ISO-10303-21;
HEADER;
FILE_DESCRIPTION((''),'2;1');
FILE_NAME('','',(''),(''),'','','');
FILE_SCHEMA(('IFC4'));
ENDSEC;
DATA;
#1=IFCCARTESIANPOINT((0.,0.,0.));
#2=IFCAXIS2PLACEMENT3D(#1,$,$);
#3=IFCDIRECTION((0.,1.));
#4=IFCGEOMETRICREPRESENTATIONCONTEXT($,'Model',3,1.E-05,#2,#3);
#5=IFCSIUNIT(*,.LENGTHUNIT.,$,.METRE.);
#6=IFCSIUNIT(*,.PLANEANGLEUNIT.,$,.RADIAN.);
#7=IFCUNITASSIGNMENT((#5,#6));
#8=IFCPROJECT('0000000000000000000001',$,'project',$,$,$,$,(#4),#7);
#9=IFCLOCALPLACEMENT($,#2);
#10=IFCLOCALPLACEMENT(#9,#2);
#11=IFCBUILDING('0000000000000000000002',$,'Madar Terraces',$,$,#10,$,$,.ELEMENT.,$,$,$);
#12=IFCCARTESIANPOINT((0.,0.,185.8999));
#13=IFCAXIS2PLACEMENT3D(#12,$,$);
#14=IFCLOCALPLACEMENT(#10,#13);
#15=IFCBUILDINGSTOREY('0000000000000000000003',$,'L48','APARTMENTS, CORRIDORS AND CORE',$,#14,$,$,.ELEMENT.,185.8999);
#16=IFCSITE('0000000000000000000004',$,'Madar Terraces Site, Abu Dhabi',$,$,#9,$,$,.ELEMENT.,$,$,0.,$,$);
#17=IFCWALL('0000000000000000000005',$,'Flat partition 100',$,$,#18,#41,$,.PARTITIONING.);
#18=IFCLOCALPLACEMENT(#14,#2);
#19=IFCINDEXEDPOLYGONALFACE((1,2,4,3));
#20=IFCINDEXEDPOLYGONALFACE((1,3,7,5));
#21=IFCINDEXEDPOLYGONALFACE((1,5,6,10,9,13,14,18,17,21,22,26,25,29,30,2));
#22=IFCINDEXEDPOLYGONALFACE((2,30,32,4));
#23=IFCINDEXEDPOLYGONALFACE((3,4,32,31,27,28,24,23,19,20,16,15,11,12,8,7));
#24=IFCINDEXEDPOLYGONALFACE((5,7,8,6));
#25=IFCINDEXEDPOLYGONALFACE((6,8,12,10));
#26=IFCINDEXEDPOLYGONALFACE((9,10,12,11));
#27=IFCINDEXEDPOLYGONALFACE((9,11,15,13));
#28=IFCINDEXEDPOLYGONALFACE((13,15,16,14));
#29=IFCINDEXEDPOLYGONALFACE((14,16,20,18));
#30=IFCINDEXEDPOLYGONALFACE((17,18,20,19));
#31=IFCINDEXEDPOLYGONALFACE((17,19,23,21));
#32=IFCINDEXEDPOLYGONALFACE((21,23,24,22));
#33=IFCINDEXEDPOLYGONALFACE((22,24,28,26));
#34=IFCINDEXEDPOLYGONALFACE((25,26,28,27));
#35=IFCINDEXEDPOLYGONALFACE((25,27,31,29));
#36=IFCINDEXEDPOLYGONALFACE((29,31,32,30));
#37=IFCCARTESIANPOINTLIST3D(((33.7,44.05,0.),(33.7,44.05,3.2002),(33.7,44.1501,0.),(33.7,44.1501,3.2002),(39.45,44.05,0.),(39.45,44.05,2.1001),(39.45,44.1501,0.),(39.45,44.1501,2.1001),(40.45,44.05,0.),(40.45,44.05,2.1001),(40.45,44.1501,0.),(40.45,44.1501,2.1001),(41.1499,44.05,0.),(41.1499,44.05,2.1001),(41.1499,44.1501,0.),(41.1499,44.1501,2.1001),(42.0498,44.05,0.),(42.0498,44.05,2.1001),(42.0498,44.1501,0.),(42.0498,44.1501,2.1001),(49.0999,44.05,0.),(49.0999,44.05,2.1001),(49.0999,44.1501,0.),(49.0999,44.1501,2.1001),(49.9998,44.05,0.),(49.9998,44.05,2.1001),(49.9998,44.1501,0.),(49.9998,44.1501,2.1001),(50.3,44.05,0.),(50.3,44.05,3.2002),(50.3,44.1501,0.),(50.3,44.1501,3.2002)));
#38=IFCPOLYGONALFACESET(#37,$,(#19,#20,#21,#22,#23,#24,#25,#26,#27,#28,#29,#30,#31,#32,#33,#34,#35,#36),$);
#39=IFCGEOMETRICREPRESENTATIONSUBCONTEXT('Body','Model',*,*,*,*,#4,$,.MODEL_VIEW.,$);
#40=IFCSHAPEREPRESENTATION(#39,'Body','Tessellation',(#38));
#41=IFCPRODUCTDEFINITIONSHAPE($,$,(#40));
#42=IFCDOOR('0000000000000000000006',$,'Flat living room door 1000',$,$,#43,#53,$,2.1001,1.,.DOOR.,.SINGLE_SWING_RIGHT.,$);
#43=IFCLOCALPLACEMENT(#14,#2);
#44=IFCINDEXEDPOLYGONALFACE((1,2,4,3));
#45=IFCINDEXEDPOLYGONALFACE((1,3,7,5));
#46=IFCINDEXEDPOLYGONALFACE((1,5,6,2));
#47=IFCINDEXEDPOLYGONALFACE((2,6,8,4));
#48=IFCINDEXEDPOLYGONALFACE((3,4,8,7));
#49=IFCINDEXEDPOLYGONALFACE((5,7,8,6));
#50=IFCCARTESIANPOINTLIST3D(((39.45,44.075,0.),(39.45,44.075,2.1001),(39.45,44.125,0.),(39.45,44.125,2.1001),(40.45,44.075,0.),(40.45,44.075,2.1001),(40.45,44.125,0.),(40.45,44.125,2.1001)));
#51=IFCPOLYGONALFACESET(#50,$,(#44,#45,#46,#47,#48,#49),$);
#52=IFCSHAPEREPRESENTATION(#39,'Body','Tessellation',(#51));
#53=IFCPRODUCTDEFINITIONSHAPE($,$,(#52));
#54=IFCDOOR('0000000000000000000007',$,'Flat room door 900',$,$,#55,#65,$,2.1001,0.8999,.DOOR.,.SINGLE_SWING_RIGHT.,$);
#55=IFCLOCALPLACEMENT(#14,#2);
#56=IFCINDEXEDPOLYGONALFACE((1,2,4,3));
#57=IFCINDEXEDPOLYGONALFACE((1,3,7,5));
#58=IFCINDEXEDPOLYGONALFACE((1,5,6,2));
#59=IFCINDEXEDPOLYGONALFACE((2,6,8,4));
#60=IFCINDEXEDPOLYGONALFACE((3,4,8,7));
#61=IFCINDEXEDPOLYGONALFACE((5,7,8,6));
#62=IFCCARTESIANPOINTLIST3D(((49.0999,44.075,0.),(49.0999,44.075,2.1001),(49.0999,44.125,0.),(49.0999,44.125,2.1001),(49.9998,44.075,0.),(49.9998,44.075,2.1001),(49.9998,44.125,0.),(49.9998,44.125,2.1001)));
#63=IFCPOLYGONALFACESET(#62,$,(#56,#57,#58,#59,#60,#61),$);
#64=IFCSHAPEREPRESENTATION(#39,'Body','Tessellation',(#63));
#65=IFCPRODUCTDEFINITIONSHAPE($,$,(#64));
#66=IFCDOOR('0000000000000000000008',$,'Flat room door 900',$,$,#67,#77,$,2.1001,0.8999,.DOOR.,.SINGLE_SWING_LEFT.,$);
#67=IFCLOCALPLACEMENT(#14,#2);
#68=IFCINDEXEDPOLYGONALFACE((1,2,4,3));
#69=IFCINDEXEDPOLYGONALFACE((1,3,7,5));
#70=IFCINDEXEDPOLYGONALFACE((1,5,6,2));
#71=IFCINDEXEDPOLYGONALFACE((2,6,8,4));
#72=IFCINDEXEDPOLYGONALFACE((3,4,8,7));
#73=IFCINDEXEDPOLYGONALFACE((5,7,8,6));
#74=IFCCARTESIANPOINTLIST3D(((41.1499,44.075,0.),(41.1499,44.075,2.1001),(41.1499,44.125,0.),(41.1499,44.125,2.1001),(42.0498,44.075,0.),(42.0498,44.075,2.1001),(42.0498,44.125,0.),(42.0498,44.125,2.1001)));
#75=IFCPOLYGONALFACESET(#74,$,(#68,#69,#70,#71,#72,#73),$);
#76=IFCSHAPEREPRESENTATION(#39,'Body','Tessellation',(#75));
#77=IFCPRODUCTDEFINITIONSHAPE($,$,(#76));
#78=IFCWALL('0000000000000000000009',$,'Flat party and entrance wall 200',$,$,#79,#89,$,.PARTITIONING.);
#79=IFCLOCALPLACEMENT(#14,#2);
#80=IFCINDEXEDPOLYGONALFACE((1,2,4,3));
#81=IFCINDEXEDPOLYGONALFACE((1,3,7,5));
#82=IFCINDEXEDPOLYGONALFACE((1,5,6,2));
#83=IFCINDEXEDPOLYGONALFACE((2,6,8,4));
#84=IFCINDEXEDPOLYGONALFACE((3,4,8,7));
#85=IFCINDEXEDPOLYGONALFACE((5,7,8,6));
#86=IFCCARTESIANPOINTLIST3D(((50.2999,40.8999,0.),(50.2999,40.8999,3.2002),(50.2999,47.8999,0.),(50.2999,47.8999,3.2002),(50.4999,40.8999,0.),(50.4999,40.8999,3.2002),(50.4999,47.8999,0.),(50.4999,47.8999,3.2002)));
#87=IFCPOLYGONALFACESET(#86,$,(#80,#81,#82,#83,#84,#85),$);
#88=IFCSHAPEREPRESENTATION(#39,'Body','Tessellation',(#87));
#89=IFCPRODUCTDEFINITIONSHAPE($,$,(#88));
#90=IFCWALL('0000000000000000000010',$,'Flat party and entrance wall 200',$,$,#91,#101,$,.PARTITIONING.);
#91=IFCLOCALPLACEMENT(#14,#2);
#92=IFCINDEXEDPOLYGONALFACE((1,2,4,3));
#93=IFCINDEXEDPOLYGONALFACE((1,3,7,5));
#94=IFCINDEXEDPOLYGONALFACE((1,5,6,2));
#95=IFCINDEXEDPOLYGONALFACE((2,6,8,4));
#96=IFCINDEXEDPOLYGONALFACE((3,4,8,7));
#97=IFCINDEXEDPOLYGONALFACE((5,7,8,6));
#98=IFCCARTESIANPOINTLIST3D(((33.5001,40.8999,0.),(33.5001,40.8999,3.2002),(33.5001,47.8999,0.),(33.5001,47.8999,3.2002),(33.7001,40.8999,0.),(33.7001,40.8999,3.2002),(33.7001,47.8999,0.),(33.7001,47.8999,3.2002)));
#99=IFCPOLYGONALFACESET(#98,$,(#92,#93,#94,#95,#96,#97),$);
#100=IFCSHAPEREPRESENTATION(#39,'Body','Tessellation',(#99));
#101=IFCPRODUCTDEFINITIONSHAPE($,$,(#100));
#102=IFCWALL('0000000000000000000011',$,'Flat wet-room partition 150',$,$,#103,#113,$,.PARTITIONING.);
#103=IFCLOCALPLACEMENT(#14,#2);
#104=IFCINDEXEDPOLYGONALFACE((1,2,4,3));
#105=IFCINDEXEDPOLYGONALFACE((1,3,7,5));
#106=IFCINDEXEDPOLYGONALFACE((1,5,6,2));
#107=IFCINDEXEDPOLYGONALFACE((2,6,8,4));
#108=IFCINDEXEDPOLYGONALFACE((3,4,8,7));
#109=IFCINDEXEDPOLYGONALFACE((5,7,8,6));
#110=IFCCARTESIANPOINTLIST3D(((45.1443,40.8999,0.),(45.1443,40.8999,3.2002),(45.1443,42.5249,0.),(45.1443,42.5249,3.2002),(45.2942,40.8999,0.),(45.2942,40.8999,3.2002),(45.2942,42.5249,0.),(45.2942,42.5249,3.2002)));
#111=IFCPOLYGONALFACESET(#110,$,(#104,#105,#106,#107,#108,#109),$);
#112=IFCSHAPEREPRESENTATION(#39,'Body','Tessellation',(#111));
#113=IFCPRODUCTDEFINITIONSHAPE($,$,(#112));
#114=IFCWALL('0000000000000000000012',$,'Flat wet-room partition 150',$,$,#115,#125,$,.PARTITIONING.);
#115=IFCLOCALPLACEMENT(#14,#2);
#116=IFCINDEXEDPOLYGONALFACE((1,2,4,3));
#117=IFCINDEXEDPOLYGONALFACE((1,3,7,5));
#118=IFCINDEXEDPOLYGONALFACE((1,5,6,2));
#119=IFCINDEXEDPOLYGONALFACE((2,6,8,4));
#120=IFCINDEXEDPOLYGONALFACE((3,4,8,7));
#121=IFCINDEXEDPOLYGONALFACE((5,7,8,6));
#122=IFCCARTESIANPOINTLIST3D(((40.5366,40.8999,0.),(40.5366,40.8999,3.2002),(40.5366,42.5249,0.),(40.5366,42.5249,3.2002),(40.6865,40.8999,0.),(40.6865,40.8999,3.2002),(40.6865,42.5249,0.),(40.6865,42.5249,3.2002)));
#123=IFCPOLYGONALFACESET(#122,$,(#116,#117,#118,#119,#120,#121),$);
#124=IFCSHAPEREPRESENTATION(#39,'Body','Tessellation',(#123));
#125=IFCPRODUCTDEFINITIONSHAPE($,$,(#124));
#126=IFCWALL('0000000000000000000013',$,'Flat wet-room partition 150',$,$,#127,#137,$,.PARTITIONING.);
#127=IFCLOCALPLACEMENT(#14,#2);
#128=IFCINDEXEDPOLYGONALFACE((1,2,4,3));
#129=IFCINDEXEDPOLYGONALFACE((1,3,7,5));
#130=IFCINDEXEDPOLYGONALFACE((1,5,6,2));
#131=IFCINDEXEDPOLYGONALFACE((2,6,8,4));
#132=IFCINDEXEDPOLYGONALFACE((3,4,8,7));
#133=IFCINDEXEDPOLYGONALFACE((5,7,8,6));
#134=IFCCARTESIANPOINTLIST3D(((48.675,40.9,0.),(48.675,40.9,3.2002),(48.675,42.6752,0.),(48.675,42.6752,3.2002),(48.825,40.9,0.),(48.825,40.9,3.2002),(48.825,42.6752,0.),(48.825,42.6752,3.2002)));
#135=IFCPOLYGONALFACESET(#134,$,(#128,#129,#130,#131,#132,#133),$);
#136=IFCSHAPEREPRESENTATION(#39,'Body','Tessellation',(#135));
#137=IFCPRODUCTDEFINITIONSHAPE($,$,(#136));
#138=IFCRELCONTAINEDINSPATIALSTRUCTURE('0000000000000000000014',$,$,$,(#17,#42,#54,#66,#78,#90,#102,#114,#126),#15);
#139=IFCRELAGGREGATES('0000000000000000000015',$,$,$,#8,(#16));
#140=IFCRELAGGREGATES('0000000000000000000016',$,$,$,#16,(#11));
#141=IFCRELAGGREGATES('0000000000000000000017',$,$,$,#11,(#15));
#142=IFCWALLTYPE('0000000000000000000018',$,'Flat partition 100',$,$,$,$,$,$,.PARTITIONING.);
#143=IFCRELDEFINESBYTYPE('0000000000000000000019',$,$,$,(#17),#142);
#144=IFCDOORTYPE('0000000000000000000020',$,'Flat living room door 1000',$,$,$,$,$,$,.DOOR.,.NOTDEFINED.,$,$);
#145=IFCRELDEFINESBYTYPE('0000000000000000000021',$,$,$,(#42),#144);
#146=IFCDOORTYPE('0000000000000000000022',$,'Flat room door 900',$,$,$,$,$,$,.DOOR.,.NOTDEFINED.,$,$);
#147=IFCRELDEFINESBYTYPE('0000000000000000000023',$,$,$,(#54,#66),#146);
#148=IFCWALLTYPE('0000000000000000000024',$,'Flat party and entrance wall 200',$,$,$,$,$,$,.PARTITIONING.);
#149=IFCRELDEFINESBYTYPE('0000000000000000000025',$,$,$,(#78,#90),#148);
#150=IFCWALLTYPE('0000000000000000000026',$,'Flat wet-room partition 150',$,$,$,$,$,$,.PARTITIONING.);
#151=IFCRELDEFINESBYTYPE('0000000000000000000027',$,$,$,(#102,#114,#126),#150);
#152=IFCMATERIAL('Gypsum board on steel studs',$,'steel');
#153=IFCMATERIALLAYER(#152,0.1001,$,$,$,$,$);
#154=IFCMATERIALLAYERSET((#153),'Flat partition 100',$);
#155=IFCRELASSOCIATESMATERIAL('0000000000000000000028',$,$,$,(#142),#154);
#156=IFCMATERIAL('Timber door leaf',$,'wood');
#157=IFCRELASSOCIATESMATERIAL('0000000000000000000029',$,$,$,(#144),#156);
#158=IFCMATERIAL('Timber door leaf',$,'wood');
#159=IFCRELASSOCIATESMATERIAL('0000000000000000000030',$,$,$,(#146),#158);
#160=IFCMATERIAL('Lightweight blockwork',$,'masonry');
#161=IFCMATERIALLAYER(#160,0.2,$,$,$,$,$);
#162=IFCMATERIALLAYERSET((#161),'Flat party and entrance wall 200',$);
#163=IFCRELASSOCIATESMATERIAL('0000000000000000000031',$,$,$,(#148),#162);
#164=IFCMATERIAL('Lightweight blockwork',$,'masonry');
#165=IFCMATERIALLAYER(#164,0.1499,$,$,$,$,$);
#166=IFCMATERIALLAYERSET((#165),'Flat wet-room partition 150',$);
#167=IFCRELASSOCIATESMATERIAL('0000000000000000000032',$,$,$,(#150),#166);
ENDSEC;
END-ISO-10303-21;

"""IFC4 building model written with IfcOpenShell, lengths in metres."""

from ifc_helpers import new_model, si_unit, direction, frame, frame_2d, origin, place, context, subcontext, project, spatial, rectangle, extrude, material, layer, layer_set, type_object, element, fill, save


model = new_model("IFC4")

# Units and contexts
model_context = context("Model", 3, precision=1e-05, world=origin(), true_north=direction((0.0, 1.0)))
body_context = subcontext(model_context, "Body", "Model", "MODEL_VIEW")
ifc_project = project(units=[si_unit("LENGTHUNIT", "METRE"), si_unit("PLANEANGLEUNIT", "RADIAN")], contexts=[model_context])

# Site, building, storey
site_placement = place(None, origin())
site = spatial("IfcSite", under=ifc_project, at=site_placement, Name="Madar Terraces Site, Abu Dhabi", CompositionType="ELEMENT", RefElevation=0.0)
building_placement = place(site_placement, origin())
building = spatial("IfcBuilding", under=site, at=building_placement, Name="Madar Terraces", CompositionType="ELEMENT")
storey_placement = place(building_placement, frame((0.0, 0.0, 185.8999)))
storey = spatial("IfcBuildingStorey", under=building, at=storey_placement, Name="L48", Description="APARTMENTS, CORRIDORS AND CORE", CompositionType="ELEMENT", Elevation=185.8999)

# Shared definitions
ifc_material_1 = material(Name="Gypsum board on steel studs", Category="steel")
ifc_layer_1 = layer(ifc_material_1, 0.1001)
ifc_layer_set_1 = layer_set([ifc_layer_1], Name="Flat partition 100")
wall_type_1 = type_object("IfcWallType", Name="Flat partition 100", PredefinedType="PARTITIONING", material=ifc_layer_set_1)

# Wall, openings, doors
wall_1_placement = place(storey_placement, frame((33.7, 44.1001, 0.0), z_axis=(0.0, 0.0, 1.0), x_axis=(1.0, 0.0, 0.0)))
wall_1 = element("IfcWall", 1, at=wall_1_placement, inside=storey, type_object=wall_type_1, Name="Flat partition 100", PredefinedType="PARTITIONING", context=body_context, shape_type="SweptSolid", body=[
    extrude(rectangle(XDim=16.6001, YDim=0.1001, at=frame_2d((8.3, 0.0))), origin(), (0.0, 0.0, 1.0), 3.2002),
])
opening_1_placement = place(wall_1_placement, frame((15.3999, 0.0, 0.0)))
opening_1 = element("IfcOpeningElement", 2, at=opening_1_placement, cuts=wall_1, PredefinedType="OPENING", context=body_context, shape_type="SweptSolid", body=[
    extrude(rectangle(XDim=0.8999, YDim=2.1001, at=frame_2d((0.45, 1.05))), frame((0.0, 0.0601, 0.0), z_axis=(0.0, -1.0, 0.0), x_axis=(1.0, 0.0, 0.0)), (0.0, 0.0, 1.0), 0.1201),
])
opening_2_placement = place(wall_1_placement, frame((7.45, 0.0, 0.0)))
opening_2 = element("IfcOpeningElement", 3, at=opening_2_placement, cuts=wall_1, PredefinedType="OPENING", context=body_context, shape_type="SweptSolid", body=[
    extrude(rectangle(XDim=0.8999, YDim=2.1001, at=frame_2d((0.45, 1.05))), frame((0.0, 0.0601, 0.0), z_axis=(0.0, -1.0, 0.0), x_axis=(1.0, 0.0, 0.0)), (0.0, 0.0, 1.0), 0.1201),
])
opening_3_placement = place(wall_1_placement, frame((5.75, 0.0, 0.0)))
opening_3 = element("IfcOpeningElement", 4, at=opening_3_placement, cuts=wall_1, PredefinedType="OPENING", context=body_context, shape_type="SweptSolid", body=[
    extrude(rectangle(XDim=1.0, YDim=2.1001, at=frame_2d((0.5, 1.05))), frame((0.0, 0.0601, 0.0), z_axis=(0.0, -1.0, 0.0), x_axis=(1.0, 0.0, 0.0)), (0.0, 0.0, 1.0), 0.1201),
])
ifc_material_2 = material(Name="Timber door leaf", Category="wood")
door_type_1 = type_object("IfcDoorType", Name="Flat living room door 1000", OperationType="NOTDEFINED", PredefinedType="DOOR", material=ifc_material_2)
door_1_placement = place(opening_3_placement, origin())
door_1 = element("IfcDoor", 5, at=door_1_placement, inside=storey, type_object=door_type_1, Name="Flat living room door 1000", OperationType="SINGLE_SWING_RIGHT", OverallHeight=2.1001, OverallWidth=1.0, PredefinedType="DOOR", context=body_context, shape_type="SweptSolid", body=[
    extrude(rectangle(XDim=1.0, YDim=2.1001, at=frame_2d((0.5, 1.05))), frame((0.0, 0.0249, 0.0), z_axis=(0.0, -1.0, 0.0), x_axis=(1.0, 0.0, 0.0)), (0.0, 0.0, 1.0), 0.05),
])
fill(opening_3, door_1)
ifc_material_3 = material(Name="Timber door leaf", Category="wood")
door_type_2 = type_object("IfcDoorType", Name="Flat room door 900", OperationType="NOTDEFINED", PredefinedType="DOOR", material=ifc_material_3)
door_2_placement = place(opening_1_placement, origin())
door_2 = element("IfcDoor", 6, at=door_2_placement, inside=storey, type_object=door_type_2, Name="Flat room door 900", OperationType="SINGLE_SWING_RIGHT", OverallHeight=2.1001, OverallWidth=0.8999, PredefinedType="DOOR", context=body_context, shape_type="SweptSolid", body=[
    extrude(rectangle(XDim=0.8999, YDim=2.1001, at=frame_2d((0.45, 1.05))), frame((0.0, 0.0249, 0.0), z_axis=(0.0, -1.0, 0.0), x_axis=(1.0, 0.0, 0.0)), (0.0, 0.0, 1.0), 0.05),
])
fill(opening_1, door_2)
door_3_placement = place(opening_2_placement, origin())
door_3 = element("IfcDoor", 7, at=door_3_placement, inside=storey, type_object=door_type_2, Name="Flat room door 900", OperationType="SINGLE_SWING_LEFT", OverallHeight=2.1001, OverallWidth=0.8999, PredefinedType="DOOR", context=body_context, shape_type="SweptSolid", body=[
    extrude(rectangle(XDim=0.8999, YDim=2.1001, at=frame_2d((0.45, 1.05))), frame((0.0, 0.0249, 0.0), z_axis=(0.0, -1.0, 0.0), x_axis=(1.0, 0.0, 0.0)), (0.0, 0.0, 1.0), 0.05),
])
fill(opening_2, door_3)

# Walls
ifc_material_4 = material(Name="Lightweight blockwork", Category="masonry")
ifc_layer_2 = layer(ifc_material_4, 0.2)
ifc_layer_set_2 = layer_set([ifc_layer_2], Name="Flat party and entrance wall 200")
wall_type_2 = type_object("IfcWallType", Name="Flat party and entrance wall 200", PredefinedType="PARTITIONING", material=ifc_layer_set_2)
for number, where, z_axis, x_axis, name in (
    (8, (50.3999, 40.8999, 0.0), (0.0, 0.0, 1.0), (0.0, 1.0, 0.0), "Flat party and entrance wall 200"),
    (9, (33.6001, 47.8999, 0.0), (0.0, 0.0, 1.0), (0.0, -1.0, 0.0), "Flat party and entrance wall 200"),
):
    element("IfcWall", number, at=place(storey_placement, frame(where, z_axis=z_axis, x_axis=x_axis)), inside=storey, type_object=wall_type_2, Name=name, PredefinedType="PARTITIONING", context=body_context, shape_type="SweptSolid", body=[
        extrude(rectangle(XDim=7.0, YDim=0.2, at=frame_2d((3.5, 0.0))), origin(), (0.0, 0.0, 1.0), 3.2002),
    ])
ifc_material_5 = material(Name="Lightweight blockwork", Category="masonry")
ifc_layer_3 = layer(ifc_material_5, 0.1499)
ifc_layer_set_3 = layer_set([ifc_layer_3], Name="Flat wet-room partition 150")
wall_type_3 = type_object("IfcWallType", Name="Flat wet-room partition 150", PredefinedType="PARTITIONING", material=ifc_layer_set_3)
for number, where, z_axis, x_axis, name in (
    (10, (45.2192, 40.8999, 0.0), (0.0, 0.0, 1.0), (0.0, 1.0, 0.0), "Flat wet-room partition 150"),
    (11, (40.6116, 40.8999, 0.0), (0.0, 0.0, 1.0), (0.0, 1.0, 0.0), "Flat wet-room partition 150"),
):
    element("IfcWall", number, at=place(storey_placement, frame(where, z_axis=z_axis, x_axis=x_axis)), inside=storey, type_object=wall_type_3, Name=name, PredefinedType="PARTITIONING", context=body_context, shape_type="SweptSolid", body=[
        extrude(rectangle(XDim=1.625, YDim=0.1499, at=frame_2d((0.8125, 0.0))), origin(), (0.0, 0.0, 1.0), 3.2002),
    ])
wall_2_placement = place(storey_placement, frame((48.75, 40.8999, 0.0), z_axis=(0.0, 0.0, 1.0), x_axis=(0.0, 1.0, 0.0)))
element("IfcWall", 12, at=wall_2_placement, inside=storey, type_object=wall_type_3, Name="Flat wet-room partition 150", PredefinedType="PARTITIONING", context=body_context, shape_type="SweptSolid", body=[
    extrude(rectangle(XDim=1.7751, YDim=0.1499, at=frame_2d((0.8877, 0.0))), origin(), (0.0, 0.0, 1.0), 3.2002),
])

save(model, "model.ifc")
